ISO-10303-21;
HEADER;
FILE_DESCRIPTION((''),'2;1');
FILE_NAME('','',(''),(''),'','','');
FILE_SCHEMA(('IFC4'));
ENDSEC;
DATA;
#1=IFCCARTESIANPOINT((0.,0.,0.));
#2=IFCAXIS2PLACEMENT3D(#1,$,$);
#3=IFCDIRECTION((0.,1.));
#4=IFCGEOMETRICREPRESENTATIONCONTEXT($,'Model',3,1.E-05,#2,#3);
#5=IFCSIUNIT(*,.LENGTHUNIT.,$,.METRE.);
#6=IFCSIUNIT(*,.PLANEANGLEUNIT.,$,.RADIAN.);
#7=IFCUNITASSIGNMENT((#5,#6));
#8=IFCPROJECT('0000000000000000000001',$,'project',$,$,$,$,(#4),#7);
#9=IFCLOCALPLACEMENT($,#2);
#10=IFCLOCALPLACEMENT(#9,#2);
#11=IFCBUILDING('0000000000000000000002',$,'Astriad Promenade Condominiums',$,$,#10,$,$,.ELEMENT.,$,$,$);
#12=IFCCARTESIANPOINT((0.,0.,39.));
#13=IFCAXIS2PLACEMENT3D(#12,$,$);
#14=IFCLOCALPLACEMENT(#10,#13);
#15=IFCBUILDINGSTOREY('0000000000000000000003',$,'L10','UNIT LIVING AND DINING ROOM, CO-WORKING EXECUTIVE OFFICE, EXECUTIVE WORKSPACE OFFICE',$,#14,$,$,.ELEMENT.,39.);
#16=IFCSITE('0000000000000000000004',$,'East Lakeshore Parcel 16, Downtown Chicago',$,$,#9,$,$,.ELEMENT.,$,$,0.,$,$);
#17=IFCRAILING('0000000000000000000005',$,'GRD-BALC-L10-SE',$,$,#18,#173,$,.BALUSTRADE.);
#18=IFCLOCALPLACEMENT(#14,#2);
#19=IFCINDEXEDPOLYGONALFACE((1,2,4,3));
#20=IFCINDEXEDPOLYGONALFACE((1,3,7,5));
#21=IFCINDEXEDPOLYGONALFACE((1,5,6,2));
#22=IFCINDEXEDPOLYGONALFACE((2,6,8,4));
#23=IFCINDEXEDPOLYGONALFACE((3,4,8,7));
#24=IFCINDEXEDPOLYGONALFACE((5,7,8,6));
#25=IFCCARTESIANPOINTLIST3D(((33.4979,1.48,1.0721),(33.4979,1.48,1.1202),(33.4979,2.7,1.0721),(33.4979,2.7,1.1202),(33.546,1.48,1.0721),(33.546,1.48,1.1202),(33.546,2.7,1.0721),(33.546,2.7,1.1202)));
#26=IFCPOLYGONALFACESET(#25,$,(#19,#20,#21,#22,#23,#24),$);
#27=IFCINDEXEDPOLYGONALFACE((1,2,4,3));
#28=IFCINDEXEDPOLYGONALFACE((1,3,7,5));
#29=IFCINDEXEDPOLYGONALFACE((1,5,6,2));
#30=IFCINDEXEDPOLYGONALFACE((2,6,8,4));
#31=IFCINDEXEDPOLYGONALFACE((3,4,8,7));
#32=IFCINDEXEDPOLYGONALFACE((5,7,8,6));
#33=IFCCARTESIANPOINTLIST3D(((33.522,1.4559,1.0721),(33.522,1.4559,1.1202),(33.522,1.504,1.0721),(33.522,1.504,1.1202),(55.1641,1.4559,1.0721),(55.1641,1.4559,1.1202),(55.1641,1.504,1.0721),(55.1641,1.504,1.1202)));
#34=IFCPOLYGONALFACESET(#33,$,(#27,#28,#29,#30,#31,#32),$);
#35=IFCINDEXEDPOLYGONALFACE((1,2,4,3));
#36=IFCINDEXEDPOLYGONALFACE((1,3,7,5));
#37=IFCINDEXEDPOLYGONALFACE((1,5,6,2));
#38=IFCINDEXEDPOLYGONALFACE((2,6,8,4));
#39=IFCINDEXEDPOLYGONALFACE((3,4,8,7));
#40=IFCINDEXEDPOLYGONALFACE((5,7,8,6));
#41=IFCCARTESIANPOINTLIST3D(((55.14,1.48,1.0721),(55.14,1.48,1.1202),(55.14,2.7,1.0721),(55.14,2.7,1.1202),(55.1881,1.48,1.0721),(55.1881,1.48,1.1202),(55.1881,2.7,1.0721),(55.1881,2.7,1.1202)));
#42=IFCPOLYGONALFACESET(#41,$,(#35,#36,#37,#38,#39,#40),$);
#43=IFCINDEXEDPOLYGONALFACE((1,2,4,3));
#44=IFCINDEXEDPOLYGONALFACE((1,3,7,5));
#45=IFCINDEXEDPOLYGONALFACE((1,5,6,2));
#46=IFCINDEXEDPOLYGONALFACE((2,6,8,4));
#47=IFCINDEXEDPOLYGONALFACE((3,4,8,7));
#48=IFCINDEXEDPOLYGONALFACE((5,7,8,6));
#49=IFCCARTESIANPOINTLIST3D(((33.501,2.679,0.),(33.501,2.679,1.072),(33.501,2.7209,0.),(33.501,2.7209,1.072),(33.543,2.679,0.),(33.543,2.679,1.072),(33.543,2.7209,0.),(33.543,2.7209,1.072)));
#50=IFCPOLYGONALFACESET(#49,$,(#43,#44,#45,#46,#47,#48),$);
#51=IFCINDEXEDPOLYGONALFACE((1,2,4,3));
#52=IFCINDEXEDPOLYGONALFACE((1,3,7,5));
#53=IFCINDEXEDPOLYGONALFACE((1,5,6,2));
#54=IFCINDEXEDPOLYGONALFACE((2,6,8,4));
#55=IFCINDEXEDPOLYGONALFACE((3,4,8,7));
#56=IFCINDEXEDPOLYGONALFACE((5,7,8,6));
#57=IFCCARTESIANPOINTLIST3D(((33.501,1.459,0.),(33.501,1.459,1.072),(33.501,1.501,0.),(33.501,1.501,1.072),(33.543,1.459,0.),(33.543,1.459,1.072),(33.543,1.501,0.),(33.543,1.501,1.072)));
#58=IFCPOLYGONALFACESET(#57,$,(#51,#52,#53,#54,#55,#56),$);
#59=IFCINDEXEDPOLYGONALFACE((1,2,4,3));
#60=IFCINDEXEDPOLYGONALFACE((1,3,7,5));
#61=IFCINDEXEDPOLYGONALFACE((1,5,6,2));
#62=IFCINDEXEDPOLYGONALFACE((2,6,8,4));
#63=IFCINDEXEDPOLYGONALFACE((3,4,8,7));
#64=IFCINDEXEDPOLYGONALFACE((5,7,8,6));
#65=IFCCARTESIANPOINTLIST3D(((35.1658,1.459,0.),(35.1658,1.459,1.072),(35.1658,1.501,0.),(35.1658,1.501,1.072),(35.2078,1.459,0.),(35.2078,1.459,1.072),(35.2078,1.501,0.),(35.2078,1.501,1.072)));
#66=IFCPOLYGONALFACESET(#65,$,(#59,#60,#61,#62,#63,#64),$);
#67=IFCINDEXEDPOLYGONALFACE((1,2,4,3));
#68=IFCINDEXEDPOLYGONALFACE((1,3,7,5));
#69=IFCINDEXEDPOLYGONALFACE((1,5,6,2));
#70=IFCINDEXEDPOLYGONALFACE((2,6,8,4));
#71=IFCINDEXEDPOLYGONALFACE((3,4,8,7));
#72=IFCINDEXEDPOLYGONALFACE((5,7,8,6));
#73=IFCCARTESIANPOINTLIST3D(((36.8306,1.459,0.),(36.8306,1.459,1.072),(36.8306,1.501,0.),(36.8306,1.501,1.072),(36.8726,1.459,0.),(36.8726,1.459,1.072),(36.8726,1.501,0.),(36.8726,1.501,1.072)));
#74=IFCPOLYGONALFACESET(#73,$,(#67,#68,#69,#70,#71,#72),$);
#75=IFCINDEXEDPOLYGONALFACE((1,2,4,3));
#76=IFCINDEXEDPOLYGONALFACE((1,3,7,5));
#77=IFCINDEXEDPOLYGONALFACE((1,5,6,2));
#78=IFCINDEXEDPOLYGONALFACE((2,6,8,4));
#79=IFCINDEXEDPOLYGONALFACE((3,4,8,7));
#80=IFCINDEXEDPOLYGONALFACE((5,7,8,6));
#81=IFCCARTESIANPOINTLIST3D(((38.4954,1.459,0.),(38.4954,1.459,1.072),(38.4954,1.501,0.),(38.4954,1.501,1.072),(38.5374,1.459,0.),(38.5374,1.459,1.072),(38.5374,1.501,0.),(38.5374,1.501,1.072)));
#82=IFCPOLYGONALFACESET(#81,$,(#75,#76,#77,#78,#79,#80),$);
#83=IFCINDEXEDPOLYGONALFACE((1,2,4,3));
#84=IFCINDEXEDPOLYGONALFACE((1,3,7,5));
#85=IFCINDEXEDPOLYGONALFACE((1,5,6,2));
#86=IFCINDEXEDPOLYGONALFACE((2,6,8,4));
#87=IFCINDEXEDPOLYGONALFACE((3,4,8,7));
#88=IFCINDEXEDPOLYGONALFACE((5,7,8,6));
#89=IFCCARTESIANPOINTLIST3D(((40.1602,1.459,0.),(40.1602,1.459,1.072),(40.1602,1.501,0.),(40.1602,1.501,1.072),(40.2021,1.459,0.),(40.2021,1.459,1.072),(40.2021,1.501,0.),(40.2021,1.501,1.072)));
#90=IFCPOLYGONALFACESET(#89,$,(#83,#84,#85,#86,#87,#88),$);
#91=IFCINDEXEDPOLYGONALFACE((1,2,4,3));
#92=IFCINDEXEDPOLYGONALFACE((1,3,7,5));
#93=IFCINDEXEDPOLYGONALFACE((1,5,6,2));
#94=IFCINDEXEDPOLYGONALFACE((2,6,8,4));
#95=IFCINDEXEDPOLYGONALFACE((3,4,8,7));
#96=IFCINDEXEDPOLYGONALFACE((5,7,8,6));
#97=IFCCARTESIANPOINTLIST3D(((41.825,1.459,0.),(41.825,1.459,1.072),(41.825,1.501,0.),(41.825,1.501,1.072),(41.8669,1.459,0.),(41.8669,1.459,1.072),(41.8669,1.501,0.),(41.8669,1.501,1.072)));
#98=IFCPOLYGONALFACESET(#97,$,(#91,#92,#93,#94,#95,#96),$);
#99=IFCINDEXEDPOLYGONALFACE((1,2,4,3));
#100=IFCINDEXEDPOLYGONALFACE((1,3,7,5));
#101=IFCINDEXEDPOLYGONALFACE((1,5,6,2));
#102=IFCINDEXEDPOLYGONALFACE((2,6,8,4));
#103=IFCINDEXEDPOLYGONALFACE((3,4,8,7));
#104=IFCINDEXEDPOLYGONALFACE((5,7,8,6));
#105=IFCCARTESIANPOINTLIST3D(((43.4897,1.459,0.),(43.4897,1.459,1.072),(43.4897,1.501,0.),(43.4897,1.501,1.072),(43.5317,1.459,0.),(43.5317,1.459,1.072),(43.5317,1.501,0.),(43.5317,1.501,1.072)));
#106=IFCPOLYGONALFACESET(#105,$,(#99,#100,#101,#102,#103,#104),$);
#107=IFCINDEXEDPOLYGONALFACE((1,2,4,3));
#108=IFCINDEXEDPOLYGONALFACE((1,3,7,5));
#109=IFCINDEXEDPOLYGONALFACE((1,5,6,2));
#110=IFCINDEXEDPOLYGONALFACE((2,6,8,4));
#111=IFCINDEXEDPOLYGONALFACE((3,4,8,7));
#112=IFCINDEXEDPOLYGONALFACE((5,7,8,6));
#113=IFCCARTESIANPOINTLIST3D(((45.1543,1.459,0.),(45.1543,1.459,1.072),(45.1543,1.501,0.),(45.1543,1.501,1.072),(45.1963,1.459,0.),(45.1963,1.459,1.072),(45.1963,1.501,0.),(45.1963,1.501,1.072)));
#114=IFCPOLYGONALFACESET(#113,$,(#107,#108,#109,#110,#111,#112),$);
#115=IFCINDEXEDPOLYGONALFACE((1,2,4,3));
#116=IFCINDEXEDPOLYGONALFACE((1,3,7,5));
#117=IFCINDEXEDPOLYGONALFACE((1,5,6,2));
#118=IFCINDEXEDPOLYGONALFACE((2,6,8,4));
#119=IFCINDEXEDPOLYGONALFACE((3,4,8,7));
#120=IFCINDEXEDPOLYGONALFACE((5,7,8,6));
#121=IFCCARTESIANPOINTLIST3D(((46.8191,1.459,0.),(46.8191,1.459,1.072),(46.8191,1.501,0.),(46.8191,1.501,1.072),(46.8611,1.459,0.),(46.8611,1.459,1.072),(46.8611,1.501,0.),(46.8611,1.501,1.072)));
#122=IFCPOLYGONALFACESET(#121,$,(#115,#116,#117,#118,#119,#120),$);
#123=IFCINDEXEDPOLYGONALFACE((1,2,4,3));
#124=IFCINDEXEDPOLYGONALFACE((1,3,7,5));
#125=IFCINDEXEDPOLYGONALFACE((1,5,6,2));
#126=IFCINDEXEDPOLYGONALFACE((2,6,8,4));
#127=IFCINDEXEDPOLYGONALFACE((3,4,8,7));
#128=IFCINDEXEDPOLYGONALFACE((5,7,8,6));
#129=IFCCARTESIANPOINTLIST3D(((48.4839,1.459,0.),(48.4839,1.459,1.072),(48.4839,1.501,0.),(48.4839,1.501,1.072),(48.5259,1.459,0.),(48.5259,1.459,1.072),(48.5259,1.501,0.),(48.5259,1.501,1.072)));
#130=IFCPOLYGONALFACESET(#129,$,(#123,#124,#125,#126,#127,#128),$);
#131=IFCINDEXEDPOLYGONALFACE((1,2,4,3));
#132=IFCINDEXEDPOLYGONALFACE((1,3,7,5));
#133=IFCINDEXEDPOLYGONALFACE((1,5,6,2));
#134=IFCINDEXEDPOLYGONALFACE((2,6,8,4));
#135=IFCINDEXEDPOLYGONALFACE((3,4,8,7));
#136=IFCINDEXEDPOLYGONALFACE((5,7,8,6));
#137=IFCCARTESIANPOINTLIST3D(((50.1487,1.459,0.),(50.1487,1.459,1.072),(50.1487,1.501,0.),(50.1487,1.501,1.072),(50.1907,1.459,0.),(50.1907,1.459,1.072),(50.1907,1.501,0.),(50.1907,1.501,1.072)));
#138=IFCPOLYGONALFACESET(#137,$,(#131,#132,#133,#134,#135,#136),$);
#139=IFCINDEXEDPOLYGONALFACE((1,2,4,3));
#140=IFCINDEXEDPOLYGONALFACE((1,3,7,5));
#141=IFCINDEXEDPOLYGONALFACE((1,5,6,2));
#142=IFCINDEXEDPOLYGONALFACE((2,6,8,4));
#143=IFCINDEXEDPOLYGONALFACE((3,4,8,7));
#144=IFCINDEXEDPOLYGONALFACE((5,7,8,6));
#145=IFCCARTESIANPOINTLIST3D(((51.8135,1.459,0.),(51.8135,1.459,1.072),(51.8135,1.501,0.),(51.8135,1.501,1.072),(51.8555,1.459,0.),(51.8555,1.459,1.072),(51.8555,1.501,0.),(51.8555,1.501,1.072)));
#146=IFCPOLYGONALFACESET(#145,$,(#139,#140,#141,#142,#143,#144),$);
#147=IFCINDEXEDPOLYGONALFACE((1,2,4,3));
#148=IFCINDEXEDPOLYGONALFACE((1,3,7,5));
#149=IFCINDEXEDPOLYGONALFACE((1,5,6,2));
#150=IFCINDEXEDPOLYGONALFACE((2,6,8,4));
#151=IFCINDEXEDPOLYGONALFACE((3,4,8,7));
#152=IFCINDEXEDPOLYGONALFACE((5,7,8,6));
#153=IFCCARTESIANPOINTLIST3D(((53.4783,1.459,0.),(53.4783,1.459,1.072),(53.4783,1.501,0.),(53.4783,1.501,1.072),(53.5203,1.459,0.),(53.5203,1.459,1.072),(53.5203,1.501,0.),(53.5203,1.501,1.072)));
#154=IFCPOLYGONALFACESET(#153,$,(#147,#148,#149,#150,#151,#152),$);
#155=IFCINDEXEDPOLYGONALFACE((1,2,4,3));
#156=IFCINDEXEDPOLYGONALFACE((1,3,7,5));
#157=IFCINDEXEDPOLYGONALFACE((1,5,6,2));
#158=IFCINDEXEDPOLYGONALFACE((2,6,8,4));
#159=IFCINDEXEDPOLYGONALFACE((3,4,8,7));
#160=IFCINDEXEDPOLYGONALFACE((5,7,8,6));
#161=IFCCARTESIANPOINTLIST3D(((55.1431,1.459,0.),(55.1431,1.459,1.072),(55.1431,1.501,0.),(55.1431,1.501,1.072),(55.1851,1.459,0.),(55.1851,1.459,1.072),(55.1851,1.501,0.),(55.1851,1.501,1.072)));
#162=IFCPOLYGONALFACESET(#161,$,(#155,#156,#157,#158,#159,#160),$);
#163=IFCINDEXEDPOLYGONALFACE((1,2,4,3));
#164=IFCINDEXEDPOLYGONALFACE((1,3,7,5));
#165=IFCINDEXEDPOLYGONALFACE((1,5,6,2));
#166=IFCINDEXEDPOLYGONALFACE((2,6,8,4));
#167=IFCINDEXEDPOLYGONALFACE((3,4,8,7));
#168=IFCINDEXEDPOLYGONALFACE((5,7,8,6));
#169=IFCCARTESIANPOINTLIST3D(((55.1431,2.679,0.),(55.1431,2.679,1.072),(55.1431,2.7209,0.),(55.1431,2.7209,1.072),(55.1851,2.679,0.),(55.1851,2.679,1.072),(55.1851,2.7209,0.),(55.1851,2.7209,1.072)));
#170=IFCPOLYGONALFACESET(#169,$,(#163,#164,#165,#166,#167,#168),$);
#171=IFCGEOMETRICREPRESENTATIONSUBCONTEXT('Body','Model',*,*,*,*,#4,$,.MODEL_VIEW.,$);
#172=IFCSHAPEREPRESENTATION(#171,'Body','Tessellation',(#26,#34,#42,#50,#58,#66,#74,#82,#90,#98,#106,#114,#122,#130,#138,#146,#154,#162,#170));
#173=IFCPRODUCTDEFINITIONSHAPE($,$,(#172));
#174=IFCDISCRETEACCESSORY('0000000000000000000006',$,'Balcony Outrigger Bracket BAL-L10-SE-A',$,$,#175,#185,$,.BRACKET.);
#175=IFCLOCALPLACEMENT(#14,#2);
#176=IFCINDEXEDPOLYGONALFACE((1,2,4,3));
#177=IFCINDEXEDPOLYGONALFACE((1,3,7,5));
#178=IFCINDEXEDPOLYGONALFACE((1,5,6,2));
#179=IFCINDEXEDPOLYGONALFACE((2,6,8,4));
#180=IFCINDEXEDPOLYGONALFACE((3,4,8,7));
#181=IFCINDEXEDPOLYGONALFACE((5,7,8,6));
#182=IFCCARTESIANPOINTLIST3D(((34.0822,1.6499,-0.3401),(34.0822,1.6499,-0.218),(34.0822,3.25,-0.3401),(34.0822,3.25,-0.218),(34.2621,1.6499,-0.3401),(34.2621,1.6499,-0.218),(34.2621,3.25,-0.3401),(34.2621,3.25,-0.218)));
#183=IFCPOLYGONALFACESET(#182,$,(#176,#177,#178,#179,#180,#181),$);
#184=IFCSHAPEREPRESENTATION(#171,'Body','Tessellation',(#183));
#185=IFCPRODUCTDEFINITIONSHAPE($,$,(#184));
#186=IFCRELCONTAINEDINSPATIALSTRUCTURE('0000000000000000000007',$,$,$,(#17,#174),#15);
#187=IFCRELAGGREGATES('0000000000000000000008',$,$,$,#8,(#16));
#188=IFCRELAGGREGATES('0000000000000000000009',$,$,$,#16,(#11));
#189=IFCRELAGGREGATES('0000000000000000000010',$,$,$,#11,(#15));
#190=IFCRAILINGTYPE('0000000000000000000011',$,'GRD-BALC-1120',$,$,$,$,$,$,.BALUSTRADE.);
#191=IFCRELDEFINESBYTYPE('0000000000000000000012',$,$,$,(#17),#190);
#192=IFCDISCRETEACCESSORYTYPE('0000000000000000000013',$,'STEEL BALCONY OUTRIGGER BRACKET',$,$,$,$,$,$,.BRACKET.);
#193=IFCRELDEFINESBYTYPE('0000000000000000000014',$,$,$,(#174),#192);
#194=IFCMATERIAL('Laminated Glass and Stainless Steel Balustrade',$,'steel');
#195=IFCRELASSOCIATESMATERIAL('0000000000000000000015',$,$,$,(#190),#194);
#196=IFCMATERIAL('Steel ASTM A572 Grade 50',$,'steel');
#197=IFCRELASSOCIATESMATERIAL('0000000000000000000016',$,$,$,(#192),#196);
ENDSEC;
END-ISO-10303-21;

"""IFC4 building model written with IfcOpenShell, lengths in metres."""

from ifc_helpers import new_model, si_unit, direction, frame, origin, origin_2d, place, context, subcontext, project, spatial, rectangle, extrude, source, transform, mapped, material, type_object, type_shapes, element, save


model = new_model("IFC4")

# Units and contexts
model_context = context("Model", 3, precision=1e-05, world=origin(), true_north=direction((0.0, 1.0)))
body_context = subcontext(model_context, "Body", "Model", "MODEL_VIEW")
ifc_project = project(units=[si_unit("LENGTHUNIT", "METRE"), si_unit("PLANEANGLEUNIT", "RADIAN")], contexts=[model_context])

# Site, building, storey
site_placement = place(None, origin())
site = spatial("IfcSite", under=ifc_project, at=site_placement, Name="East Lakeshore Parcel 16, Downtown Chicago", CompositionType="ELEMENT", RefElevation=0.0)
building_placement = place(site_placement, origin())
building = spatial("IfcBuilding", under=site, at=building_placement, Name="Astriad Promenade Condominiums", CompositionType="ELEMENT")
storey_placement = place(building_placement, frame((0.0, 0.0, 39.0)))
storey = spatial("IfcBuildingStorey", under=building, at=storey_placement, Name="L10", Description="UNIT LIVING AND DINING ROOM, CO-WORKING EXECUTIVE OFFICE, EXECUTIVE WORKSPACE OFFICE", CompositionType="ELEMENT", Elevation=39.0)

# Railing
ifc_material_1 = material(Name="Laminated Glass and Stainless Steel Balustrade", Category="steel")
railing_type = type_object("IfcRailingType", Name="GRD-BALC-1120", PredefinedType="BALUSTRADE", material=ifc_material_1)
shared_shape_1 = source(origin(), body_context, "Body", "SweptSolid", [
    extrude(rectangle(XDim=0.0481, YDim=0.0481, at=origin_2d()), frame((0.0, 0.0, 1.0962), z_axis=(0.0, -1.0, 0.0), x_axis=(1.0, 0.0, 0.0)), (0.0, 0.0, 1.0), 1.22),
    extrude(rectangle(XDim=0.0481, YDim=0.0481, at=origin_2d()), frame((0.0, -1.22, 1.0962), z_axis=(1.0, 0.0, 0.0), x_axis=(0.0, 1.0, 0.0)), (0.0, 0.0, 1.0), 21.6421),
    extrude(rectangle(XDim=0.0481, YDim=0.0481, at=origin_2d()), frame((21.6421, -1.22, 1.0962), z_axis=(0.0, 1.0, 0.0), x_axis=(-1.0, 0.0, 0.0)), (0.0, 0.0, 1.0), 1.22),
    extrude(rectangle(XDim=0.042, YDim=0.042, at=origin_2d()), origin(), (0.0, 0.0, 1.0), 1.072),
    extrude(rectangle(XDim=0.042, YDim=0.042, at=origin_2d()), frame((0.0, -1.22, 0.0)), (0.0, 0.0, 1.0), 1.072),
    extrude(rectangle(XDim=0.042, YDim=0.042, at=origin_2d()), frame((1.6648, -1.22, 0.0)), (0.0, 0.0, 1.0), 1.072),
    extrude(rectangle(XDim=0.042, YDim=0.042, at=origin_2d()), frame((3.3296, -1.22, 0.0)), (0.0, 0.0, 1.0), 1.072),
    extrude(rectangle(XDim=0.042, YDim=0.042, at=origin_2d()), frame((4.9944, -1.22, 0.0)), (0.0, 0.0, 1.0), 1.072),
    extrude(rectangle(XDim=0.042, YDim=0.042, at=origin_2d()), frame((6.6592, -1.22, 0.0)), (0.0, 0.0, 1.0), 1.072),
    extrude(rectangle(XDim=0.042, YDim=0.042, at=origin_2d()), frame((8.324, -1.22, 0.0)), (0.0, 0.0, 1.0), 1.072),
    extrude(rectangle(XDim=0.042, YDim=0.042, at=origin_2d()), frame((9.9888, -1.22, 0.0)), (0.0, 0.0, 1.0), 1.072),
    extrude(rectangle(XDim=0.042, YDim=0.042, at=origin_2d()), frame((11.6533, -1.22, 0.0)), (0.0, 0.0, 1.0), 1.072),
    extrude(rectangle(XDim=0.042, YDim=0.042, at=origin_2d()), frame((13.3181, -1.22, 0.0)), (0.0, 0.0, 1.0), 1.072),
    extrude(rectangle(XDim=0.042, YDim=0.042, at=origin_2d()), frame((14.9829, -1.22, 0.0)), (0.0, 0.0, 1.0), 1.072),
    extrude(rectangle(XDim=0.042, YDim=0.042, at=origin_2d()), frame((16.6477, -1.22, 0.0)), (0.0, 0.0, 1.0), 1.072),
    extrude(rectangle(XDim=0.042, YDim=0.042, at=origin_2d()), frame((18.3125, -1.22, 0.0)), (0.0, 0.0, 1.0), 1.072),
    extrude(rectangle(XDim=0.042, YDim=0.042, at=origin_2d()), frame((19.9773, -1.22, 0.0)), (0.0, 0.0, 1.0), 1.072),
    extrude(rectangle(XDim=0.042, YDim=0.042, at=origin_2d()), frame((21.6421, -1.22, 0.0)), (0.0, 0.0, 1.0), 1.072),
    extrude(rectangle(XDim=0.042, YDim=0.042, at=origin_2d()), frame((21.6421, 0.0, 0.0)), (0.0, 0.0, 1.0), 1.072),
])
type_shapes(railing_type, [shared_shape_1])
railing_placement = place(storey_placement, frame((33.522, 2.7, 0.0)))
element("IfcRailing", 1, at=railing_placement, inside=storey, type_object=railing_type, Name="GRD-BALC-L10-SE", PredefinedType="BALUSTRADE", context=body_context, shape_type="MappedRepresentation", body=[
    mapped(shared_shape_1, transform((0.0, 0.0, 0.0), scale=1.0)),
])

# Discrete accessory
ifc_material_2 = material(Name="Steel ASTM A572 Grade 50", Category="steel")
discrete_accessory_type = type_object("IfcDiscreteAccessoryType", Name="STEEL BALCONY OUTRIGGER BRACKET", PredefinedType="BRACKET", material=ifc_material_2)
shared_shape_2 = source(origin(), body_context, "Body", "SweptSolid", [
    extrude(rectangle(XDim=1.6001, YDim=0.1799, at=origin_2d()), origin(), (0.0, 0.0, 1.0), 0.1221),
])
type_shapes(discrete_accessory_type, [shared_shape_2])
discrete_accessory_placement = place(storey_placement, frame((34.1721, 2.45, -0.3401), z_axis=(0.0, 0.0, 1.0), x_axis=(0.0, -1.0, 0.0)))
element("IfcDiscreteAccessory", 2, at=discrete_accessory_placement, inside=storey, type_object=discrete_accessory_type, Name="Balcony Outrigger Bracket BAL-L10-SE-A", PredefinedType="BRACKET", context=body_context, shape_type="MappedRepresentation", body=[
    mapped(shared_shape_2, transform((0.0, 0.0, 0.0), scale=1.0)),
])

save(model, "model.ifc")
